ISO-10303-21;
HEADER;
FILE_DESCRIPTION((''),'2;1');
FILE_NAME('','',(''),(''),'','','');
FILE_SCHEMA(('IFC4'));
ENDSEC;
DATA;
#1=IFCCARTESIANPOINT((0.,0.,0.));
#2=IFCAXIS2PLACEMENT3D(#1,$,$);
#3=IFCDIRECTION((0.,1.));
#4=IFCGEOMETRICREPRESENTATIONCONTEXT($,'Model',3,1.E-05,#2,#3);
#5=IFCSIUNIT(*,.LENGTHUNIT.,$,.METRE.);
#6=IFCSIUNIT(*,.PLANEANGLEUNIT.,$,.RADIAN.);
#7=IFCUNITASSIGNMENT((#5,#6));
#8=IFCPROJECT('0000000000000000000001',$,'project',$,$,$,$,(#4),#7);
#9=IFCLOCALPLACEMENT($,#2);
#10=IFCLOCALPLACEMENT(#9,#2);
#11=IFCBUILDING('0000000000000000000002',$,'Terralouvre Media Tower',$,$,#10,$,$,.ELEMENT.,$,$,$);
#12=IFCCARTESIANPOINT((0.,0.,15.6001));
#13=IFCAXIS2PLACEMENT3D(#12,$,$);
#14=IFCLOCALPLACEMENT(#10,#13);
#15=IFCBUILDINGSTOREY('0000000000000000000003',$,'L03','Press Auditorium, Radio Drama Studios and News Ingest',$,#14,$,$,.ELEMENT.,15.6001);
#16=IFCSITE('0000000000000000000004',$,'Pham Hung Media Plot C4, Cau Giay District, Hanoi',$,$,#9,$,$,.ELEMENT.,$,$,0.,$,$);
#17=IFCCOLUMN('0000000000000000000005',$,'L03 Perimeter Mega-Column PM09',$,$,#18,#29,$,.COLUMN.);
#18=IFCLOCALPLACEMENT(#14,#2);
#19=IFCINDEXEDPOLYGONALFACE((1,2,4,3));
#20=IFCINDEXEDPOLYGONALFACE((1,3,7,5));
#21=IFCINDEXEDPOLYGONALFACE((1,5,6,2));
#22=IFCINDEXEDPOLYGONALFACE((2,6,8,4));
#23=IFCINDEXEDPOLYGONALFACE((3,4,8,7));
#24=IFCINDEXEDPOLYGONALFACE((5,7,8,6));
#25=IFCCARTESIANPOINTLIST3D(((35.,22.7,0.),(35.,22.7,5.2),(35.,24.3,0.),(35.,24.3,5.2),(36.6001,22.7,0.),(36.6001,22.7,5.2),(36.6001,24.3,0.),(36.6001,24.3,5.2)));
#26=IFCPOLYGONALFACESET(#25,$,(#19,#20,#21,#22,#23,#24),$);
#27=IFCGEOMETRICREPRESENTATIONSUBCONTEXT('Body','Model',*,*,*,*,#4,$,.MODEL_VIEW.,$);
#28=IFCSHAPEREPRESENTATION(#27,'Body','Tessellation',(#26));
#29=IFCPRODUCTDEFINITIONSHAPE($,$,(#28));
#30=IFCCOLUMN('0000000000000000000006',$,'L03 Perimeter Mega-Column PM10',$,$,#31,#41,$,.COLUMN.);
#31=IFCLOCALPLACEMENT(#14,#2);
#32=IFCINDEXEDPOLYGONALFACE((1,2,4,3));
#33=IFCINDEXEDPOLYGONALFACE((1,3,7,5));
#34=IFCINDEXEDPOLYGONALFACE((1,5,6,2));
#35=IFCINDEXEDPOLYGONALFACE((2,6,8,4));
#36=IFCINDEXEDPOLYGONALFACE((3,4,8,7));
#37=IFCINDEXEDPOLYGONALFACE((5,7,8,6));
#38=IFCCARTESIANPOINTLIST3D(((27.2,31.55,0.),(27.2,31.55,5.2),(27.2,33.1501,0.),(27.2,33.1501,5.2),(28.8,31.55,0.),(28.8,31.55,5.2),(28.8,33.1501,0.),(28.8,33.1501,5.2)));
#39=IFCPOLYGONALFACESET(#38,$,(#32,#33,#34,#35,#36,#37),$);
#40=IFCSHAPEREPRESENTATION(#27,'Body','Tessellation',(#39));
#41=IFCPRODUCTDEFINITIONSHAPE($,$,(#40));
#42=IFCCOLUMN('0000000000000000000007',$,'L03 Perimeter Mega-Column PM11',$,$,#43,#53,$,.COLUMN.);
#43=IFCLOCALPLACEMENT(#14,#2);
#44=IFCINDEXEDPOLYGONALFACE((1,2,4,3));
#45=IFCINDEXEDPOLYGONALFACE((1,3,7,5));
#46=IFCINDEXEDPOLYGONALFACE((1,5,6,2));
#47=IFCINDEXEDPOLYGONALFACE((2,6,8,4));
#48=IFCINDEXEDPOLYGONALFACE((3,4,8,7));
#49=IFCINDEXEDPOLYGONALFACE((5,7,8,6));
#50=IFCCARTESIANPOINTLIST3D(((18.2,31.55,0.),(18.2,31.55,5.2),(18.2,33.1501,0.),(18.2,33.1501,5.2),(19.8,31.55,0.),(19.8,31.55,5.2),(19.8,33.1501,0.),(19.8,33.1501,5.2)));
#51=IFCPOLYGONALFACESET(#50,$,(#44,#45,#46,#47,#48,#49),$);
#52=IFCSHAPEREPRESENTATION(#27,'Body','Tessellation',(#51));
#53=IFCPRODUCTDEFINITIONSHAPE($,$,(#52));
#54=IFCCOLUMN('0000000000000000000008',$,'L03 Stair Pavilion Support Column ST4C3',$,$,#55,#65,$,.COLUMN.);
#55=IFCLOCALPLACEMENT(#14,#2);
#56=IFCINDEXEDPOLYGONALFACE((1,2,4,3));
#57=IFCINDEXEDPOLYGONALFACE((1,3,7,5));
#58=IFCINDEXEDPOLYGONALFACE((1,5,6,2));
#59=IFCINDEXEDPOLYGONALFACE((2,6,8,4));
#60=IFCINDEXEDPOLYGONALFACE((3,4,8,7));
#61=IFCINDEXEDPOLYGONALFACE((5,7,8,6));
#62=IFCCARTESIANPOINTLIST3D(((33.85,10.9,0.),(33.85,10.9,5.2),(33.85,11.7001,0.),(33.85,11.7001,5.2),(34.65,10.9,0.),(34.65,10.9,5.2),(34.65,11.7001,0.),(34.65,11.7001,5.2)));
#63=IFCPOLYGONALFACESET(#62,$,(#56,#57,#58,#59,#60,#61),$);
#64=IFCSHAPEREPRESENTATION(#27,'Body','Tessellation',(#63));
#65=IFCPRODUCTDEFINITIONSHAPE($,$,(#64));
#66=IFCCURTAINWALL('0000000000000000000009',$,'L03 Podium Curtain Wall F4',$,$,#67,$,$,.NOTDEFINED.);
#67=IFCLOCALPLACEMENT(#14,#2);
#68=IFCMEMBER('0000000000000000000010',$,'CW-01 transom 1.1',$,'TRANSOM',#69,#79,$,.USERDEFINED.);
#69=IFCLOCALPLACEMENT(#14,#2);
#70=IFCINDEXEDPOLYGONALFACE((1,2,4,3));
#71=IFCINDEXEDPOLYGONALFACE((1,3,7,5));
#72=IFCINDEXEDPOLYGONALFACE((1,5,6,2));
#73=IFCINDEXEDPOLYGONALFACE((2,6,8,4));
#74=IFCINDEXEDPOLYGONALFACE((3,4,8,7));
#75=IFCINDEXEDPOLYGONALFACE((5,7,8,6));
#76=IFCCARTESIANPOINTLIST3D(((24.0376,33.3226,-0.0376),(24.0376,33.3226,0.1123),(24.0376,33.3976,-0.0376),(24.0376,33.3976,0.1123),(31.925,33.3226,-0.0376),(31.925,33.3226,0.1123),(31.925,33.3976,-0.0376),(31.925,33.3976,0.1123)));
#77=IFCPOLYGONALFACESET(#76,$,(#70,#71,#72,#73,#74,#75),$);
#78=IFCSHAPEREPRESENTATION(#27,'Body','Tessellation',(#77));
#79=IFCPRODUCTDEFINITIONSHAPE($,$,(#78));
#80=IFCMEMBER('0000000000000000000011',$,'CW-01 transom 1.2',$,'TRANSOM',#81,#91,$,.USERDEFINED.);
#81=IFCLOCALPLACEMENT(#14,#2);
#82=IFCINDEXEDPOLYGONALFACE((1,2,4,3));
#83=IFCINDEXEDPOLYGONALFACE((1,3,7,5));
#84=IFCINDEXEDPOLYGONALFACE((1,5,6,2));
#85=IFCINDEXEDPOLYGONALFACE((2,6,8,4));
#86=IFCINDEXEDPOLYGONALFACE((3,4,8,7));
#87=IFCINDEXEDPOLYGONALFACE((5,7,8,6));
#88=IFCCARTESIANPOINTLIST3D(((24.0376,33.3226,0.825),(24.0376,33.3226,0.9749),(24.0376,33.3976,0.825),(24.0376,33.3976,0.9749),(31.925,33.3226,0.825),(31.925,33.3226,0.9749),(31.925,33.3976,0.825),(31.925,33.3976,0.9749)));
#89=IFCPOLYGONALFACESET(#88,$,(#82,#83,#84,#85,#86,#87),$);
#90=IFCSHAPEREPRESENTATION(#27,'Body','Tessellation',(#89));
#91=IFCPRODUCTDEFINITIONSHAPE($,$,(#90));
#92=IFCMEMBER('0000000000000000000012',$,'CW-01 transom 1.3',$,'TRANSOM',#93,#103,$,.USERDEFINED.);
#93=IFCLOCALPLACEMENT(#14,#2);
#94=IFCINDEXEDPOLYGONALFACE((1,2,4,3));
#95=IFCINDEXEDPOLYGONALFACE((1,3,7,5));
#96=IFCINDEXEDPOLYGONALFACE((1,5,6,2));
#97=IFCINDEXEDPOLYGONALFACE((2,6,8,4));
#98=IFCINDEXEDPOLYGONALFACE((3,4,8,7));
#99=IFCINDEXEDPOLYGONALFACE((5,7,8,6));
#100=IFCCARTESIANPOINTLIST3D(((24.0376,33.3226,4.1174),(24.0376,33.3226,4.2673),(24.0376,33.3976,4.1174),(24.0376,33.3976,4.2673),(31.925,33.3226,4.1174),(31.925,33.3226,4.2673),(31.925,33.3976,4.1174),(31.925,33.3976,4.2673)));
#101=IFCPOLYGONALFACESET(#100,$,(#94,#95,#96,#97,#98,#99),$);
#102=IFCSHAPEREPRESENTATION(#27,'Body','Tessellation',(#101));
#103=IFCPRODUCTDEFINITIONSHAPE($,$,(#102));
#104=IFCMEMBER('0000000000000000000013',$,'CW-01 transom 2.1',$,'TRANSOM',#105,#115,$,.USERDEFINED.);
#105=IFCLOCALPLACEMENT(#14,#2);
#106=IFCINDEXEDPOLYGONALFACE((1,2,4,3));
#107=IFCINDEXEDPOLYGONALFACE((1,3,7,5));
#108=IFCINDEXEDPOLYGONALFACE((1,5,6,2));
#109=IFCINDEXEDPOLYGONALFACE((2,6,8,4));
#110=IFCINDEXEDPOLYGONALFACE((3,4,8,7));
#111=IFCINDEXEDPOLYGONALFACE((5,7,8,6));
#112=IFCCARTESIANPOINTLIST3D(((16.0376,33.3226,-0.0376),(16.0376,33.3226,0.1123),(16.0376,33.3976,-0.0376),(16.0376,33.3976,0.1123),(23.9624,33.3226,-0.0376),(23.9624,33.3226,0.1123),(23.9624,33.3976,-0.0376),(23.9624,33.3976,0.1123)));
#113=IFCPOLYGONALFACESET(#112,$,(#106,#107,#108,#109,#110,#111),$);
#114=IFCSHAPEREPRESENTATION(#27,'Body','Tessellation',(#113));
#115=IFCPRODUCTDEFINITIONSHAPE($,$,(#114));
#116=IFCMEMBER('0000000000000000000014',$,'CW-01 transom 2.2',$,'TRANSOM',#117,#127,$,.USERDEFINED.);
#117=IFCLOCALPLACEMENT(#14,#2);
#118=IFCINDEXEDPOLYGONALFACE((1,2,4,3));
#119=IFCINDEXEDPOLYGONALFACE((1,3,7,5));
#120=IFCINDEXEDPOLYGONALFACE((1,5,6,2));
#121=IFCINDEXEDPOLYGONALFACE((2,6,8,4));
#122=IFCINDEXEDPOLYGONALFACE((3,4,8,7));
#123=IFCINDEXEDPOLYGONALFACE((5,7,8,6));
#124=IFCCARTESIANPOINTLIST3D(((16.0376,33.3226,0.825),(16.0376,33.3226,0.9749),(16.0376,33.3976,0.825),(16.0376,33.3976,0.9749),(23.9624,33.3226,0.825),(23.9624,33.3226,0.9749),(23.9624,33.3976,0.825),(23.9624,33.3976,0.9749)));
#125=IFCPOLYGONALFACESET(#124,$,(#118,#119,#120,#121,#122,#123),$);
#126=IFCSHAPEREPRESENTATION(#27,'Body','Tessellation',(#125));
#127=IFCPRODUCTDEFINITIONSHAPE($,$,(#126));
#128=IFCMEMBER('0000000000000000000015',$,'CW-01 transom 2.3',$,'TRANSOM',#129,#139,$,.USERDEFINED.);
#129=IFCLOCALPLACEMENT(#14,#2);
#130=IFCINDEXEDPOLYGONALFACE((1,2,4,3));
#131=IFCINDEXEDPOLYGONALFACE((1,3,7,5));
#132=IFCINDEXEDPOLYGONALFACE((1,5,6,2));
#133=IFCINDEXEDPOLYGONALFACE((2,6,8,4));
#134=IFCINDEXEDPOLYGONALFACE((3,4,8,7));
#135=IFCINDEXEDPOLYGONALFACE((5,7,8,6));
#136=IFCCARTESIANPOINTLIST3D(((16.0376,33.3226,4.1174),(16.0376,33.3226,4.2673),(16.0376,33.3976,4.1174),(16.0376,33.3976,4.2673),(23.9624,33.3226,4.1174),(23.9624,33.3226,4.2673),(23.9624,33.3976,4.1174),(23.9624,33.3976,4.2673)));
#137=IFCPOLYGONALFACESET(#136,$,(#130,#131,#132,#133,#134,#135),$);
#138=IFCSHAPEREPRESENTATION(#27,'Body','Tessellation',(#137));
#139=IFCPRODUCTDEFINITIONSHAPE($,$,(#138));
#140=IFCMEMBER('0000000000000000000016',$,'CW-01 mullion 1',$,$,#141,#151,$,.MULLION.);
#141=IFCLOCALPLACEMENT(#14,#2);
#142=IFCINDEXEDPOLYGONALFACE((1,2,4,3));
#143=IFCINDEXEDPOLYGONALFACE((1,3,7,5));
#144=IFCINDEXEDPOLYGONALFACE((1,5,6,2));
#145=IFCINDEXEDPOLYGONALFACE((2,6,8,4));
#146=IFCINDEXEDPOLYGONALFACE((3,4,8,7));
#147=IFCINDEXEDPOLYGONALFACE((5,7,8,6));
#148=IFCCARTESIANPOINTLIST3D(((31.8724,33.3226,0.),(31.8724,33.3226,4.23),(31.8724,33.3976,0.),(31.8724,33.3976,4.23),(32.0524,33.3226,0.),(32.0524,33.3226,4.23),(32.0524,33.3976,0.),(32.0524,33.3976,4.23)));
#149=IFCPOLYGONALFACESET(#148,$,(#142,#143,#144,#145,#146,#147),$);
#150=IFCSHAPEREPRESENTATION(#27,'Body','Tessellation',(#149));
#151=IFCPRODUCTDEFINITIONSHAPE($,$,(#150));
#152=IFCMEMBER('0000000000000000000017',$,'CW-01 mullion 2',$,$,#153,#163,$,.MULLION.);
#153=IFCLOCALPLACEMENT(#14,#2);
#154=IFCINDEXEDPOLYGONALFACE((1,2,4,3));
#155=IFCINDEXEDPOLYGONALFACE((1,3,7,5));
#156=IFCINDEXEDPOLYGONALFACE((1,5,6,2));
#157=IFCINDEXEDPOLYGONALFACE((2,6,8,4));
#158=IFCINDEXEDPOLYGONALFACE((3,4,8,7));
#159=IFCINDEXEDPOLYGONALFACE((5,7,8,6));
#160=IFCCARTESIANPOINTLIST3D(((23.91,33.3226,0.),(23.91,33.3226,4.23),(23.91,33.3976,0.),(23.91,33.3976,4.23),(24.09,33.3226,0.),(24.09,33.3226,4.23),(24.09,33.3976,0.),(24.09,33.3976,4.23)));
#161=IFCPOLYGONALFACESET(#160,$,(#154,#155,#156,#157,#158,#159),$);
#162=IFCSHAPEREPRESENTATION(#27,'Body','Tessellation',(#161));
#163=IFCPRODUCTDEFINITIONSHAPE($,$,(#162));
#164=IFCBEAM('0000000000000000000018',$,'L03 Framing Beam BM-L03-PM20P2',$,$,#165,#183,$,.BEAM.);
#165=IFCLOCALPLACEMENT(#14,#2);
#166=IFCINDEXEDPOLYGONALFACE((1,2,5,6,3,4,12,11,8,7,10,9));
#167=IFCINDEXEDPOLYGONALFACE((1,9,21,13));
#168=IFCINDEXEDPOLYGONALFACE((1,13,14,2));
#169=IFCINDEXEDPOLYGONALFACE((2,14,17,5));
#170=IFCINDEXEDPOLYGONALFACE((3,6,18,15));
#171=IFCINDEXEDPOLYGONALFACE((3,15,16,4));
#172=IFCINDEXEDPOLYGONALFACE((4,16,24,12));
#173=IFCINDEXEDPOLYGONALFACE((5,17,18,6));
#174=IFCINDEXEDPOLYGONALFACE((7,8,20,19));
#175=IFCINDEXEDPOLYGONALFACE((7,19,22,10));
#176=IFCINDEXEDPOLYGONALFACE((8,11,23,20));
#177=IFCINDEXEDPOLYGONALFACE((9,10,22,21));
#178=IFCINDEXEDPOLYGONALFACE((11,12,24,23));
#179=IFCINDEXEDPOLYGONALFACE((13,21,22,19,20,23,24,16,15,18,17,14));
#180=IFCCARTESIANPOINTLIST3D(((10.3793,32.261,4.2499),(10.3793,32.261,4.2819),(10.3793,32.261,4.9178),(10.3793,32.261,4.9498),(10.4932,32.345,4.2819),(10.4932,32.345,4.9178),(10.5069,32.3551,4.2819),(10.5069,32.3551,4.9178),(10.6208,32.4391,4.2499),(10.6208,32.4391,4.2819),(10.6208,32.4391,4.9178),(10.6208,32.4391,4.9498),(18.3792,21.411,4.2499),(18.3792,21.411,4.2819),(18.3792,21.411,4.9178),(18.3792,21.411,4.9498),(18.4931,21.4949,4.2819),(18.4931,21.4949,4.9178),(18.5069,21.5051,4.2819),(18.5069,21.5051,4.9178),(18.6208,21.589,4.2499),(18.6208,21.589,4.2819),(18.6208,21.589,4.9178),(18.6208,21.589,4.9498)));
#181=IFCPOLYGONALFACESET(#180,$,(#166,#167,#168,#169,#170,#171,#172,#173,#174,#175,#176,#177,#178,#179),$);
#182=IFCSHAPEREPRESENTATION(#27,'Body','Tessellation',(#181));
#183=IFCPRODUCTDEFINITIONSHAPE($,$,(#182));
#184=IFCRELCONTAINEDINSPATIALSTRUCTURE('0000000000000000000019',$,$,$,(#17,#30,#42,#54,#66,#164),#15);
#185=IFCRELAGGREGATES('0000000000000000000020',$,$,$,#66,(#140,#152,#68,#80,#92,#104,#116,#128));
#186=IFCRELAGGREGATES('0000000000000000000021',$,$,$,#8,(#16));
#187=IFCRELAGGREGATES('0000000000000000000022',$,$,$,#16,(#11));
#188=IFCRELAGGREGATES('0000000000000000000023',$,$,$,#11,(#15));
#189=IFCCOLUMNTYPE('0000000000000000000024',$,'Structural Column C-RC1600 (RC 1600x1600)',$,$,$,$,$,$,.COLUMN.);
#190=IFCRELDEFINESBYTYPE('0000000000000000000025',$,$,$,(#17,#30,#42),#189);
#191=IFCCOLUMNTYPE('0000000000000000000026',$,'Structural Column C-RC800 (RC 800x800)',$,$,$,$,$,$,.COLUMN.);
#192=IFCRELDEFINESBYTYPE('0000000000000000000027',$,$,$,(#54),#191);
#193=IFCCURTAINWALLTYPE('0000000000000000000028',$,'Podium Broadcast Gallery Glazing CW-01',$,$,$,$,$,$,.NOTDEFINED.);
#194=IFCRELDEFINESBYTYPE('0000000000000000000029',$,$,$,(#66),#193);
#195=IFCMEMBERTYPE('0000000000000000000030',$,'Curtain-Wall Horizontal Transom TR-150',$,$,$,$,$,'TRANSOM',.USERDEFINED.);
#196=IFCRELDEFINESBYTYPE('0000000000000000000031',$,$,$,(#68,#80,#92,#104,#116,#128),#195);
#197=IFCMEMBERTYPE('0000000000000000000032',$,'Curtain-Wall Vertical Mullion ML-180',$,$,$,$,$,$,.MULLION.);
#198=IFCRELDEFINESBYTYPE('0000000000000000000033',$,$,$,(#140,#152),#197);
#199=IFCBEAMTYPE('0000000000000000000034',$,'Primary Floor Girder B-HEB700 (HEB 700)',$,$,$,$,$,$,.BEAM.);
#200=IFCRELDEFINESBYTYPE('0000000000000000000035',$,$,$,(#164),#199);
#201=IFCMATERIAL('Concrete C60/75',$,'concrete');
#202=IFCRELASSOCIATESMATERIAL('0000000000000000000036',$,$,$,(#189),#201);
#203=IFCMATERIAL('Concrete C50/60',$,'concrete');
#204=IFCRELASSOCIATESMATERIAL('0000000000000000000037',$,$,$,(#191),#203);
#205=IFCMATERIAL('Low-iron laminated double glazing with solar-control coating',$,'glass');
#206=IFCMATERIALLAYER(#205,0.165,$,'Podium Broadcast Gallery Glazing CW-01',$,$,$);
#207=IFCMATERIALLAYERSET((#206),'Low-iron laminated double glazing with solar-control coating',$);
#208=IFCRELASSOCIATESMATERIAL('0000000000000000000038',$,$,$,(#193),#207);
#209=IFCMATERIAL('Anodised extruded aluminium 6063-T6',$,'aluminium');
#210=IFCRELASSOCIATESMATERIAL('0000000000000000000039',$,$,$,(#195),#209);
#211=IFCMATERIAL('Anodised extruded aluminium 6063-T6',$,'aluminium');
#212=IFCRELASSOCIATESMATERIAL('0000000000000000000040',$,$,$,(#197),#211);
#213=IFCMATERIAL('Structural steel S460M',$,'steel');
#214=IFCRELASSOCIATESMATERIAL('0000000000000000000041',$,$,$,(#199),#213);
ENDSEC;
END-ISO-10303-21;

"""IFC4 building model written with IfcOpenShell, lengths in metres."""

from ifc_helpers import new_model, si_unit, direction, frame, origin, origin_2d, place, context, subcontext, project, spatial, rectangle, i_section, extrude, material, layer, layer_set, material_profile, profile_set, type_object, element, aggregate, save


model = new_model("IFC4")

# Units and contexts
model_context = context("Model", 3, precision=1e-05, world=origin(), true_north=direction((0.0, 1.0)))
body_context = subcontext(model_context, "Body", "Model", "MODEL_VIEW")
ifc_project = project(units=[si_unit("LENGTHUNIT", "METRE"), si_unit("PLANEANGLEUNIT", "RADIAN")], contexts=[model_context])

# Site, building, storey
site_placement = place(None, origin())
site = spatial("IfcSite", under=ifc_project, at=site_placement, Name="Pham Hung Media Plot C4, Cau Giay District, Hanoi", CompositionType="ELEMENT", RefElevation=0.0)
building_placement = place(site_placement, origin())
building = spatial("IfcBuilding", under=site, at=building_placement, Name="Terralouvre Media Tower", CompositionType="ELEMENT")
storey_placement = place(building_placement, frame((0.0, 0.0, 15.6001)))
storey = spatial("IfcBuildingStorey", under=building, at=storey_placement, Name="L03", Description="Press Auditorium, Radio Drama Studios and News Ingest", CompositionType="ELEMENT", Elevation=15.6001)

# Columns
ifc_material_1 = material(Name="Concrete C60/75", Category="concrete")
ifc_material_profile_1 = material_profile(ifc_material_1, rectangle(XDim=1.6001, YDim=1.6001, at=origin_2d()), Name="RC 1600x1600")
ifc_profile_set_1 = profile_set([ifc_material_profile_1], Name="Concrete C60/75")
column_type_1 = type_object("IfcColumnType", Name="Structural Column C-RC1600 (RC 1600x1600)", PredefinedType="COLUMN", material=ifc_profile_set_1)
for number, where, z_axis, x_axis, name in (
    (1, (35.8, 23.5, 0.0), (0.0, 0.0, 1.0), (1.0, 0.0, 0.0), "L03 Perimeter Mega-Column PM09"),
    (2, (28.0, 32.3501, 0.0), (0.0, 0.0, 1.0), (1.0, 0.0, 0.0), "L03 Perimeter Mega-Column PM10"),
    (3, (19.0, 32.3501, 0.0), (0.0, 0.0, 1.0), (1.0, 0.0, 0.0), "L03 Perimeter Mega-Column PM11"),
):
    element("IfcColumn", number, at=place(storey_placement, frame(where, z_axis=z_axis, x_axis=x_axis)), inside=storey, type_object=column_type_1, Name=name, PredefinedType="COLUMN", context=body_context, shape_type="SweptSolid", body=[
        extrude(rectangle(XDim=1.6001, YDim=1.6001, at=origin_2d()), origin(), (0.0, 0.0, 1.0), 5.2),
    ])
ifc_material_2 = material(Name="Concrete C50/60", Category="concrete")
ifc_material_profile_2 = material_profile(ifc_material_2, rectangle(XDim=0.8, YDim=0.8, at=origin_2d()), Name="RC 800x800")
ifc_profile_set_2 = profile_set([ifc_material_profile_2], Name="Concrete C50/60")
column_type_2 = type_object("IfcColumnType", Name="Structural Column C-RC800 (RC 800x800)", PredefinedType="COLUMN", material=ifc_profile_set_2)
column_placement = place(storey_placement, frame((34.25, 11.3, 0.0), z_axis=(0.0, 0.0, 1.0), x_axis=(1.0, 0.0, 0.0)))
element("IfcColumn", 4, at=column_placement, inside=storey, type_object=column_type_2, Name="L03 Stair Pavilion Support Column ST4C3", PredefinedType="COLUMN", context=body_context, shape_type="SweptSolid", body=[
    extrude(rectangle(XDim=0.8, YDim=0.8, at=origin_2d()), origin(), (0.0, 0.0, 1.0), 5.2),
])

# Curtain wall, members
ifc_material_3 = material(Name="Low-iron laminated double glazing with solar-control coating", Category="glass")
ifc_layer_1 = layer(ifc_material_3, 0.165, Name="Podium Broadcast Gallery Glazing CW-01")
ifc_layer_set_1 = layer_set([ifc_layer_1], Name="Low-iron laminated double glazing with solar-control coating")
curtain_wall_type = type_object("IfcCurtainWallType", Name="Podium Broadcast Gallery Glazing CW-01", PredefinedType="NOTDEFINED", material=ifc_layer_set_1)
curtain_wall_placement = place(storey_placement, origin())
curtain_wall = element("IfcCurtainWall", 5, at=curtain_wall_placement, inside=storey, type_object=curtain_wall_type, Name="L03 Podium Curtain Wall F4", PredefinedType="NOTDEFINED")
ifc_material_4 = material(Name="Anodised extruded aluminium 6063-T6", Category="aluminium")
ifc_material_profile_3 = material_profile(ifc_material_4, rectangle(XDim=0.075, YDim=0.1499, at=origin_2d()), Name="ALU 75x150")
ifc_profile_set_3 = profile_set([ifc_material_profile_3], Name="Anodised extruded aluminium 6063-T6")
member_type_1 = type_object("IfcMemberType", Name="Curtain-Wall Horizontal Transom TR-150", ElementType="TRANSOM", PredefinedType="USERDEFINED", material=ifc_profile_set_3)
member_1_placement = place(storey_placement, frame((31.925, 33.3601, 0.0374), z_axis=(-1.0, 0.0, 0.0), x_axis=(0.0, -1.0, 0.0)))
member_1 = element("IfcMember", 6, at=member_1_placement, type_object=member_type_1, Name="CW-01 transom 1.1", ObjectType="TRANSOM", PredefinedType="USERDEFINED", context=body_context, shape_type="SweptSolid", body=[
    extrude(rectangle(XDim=0.075, YDim=0.1499, at=origin_2d()), origin(), (0.0, 0.0, 1.0), 7.8875),
])
member_2_placement = place(storey_placement, frame((31.925, 33.3601, 0.8999), z_axis=(-1.0, 0.0, 0.0), x_axis=(0.0, -1.0, 0.0)))
member_2 = element("IfcMember", 7, at=member_2_placement, type_object=member_type_1, Name="CW-01 transom 1.2", ObjectType="TRANSOM", PredefinedType="USERDEFINED", context=body_context, shape_type="SweptSolid", body=[
    extrude(rectangle(XDim=0.075, YDim=0.1499, at=origin_2d()), origin(), (0.0, 0.0, 1.0), 7.8875),
])
member_3_placement = place(storey_placement, frame((31.925, 33.3601, 4.1924), z_axis=(-1.0, 0.0, 0.0), x_axis=(0.0, -1.0, 0.0)))
member_3 = element("IfcMember", 8, at=member_3_placement, type_object=member_type_1, Name="CW-01 transom 1.3", ObjectType="TRANSOM", PredefinedType="USERDEFINED", context=body_context, shape_type="SweptSolid", body=[
    extrude(rectangle(XDim=0.075, YDim=0.1499, at=origin_2d()), origin(), (0.0, 0.0, 1.0), 7.8875),
])
member_4_placement = place(storey_placement, frame((23.9624, 33.3601, 0.0374), z_axis=(-1.0, 0.0, 0.0), x_axis=(0.0, -1.0, 0.0)))
member_4 = element("IfcMember", 9, at=member_4_placement, type_object=member_type_1, Name="CW-01 transom 2.1", ObjectType="TRANSOM", PredefinedType="USERDEFINED", context=body_context, shape_type="SweptSolid", body=[
    extrude(rectangle(XDim=0.075, YDim=0.1499, at=origin_2d()), origin(), (0.0, 0.0, 1.0), 7.9248),
])
member_5_placement = place(storey_placement, frame((23.9624, 33.3601, 0.8999), z_axis=(-1.0, 0.0, 0.0), x_axis=(0.0, -1.0, 0.0)))
member_5 = element("IfcMember", 10, at=member_5_placement, type_object=member_type_1, Name="CW-01 transom 2.2", ObjectType="TRANSOM", PredefinedType="USERDEFINED", context=body_context, shape_type="SweptSolid", body=[
    extrude(rectangle(XDim=0.075, YDim=0.1499, at=origin_2d()), origin(), (0.0, 0.0, 1.0), 7.9248),
])
member_6_placement = place(storey_placement, frame((23.9624, 33.3601, 4.1924), z_axis=(-1.0, 0.0, 0.0), x_axis=(0.0, -1.0, 0.0)))
member_6 = element("IfcMember", 11, at=member_6_placement, type_object=member_type_1, Name="CW-01 transom 2.3", ObjectType="TRANSOM", PredefinedType="USERDEFINED", context=body_context, shape_type="SweptSolid", body=[
    extrude(rectangle(XDim=0.075, YDim=0.1499, at=origin_2d()), origin(), (0.0, 0.0, 1.0), 7.9248),
])
ifc_material_5 = material(Name="Anodised extruded aluminium 6063-T6", Category="aluminium")
ifc_material_profile_4 = material_profile(ifc_material_5, rectangle(XDim=0.075, YDim=0.1799, at=origin_2d()), Name="ALU 75x180")
ifc_profile_set_4 = profile_set([ifc_material_profile_4], Name="Anodised extruded aluminium 6063-T6")
member_type_2 = type_object("IfcMemberType", Name="Curtain-Wall Vertical Mullion ML-180", PredefinedType="MULLION", material=ifc_profile_set_4)
member_7_placement = place(storey_placement, frame((31.9624, 33.3601, 0.0), z_axis=(0.0, 0.0, 1.0), x_axis=(0.0, -1.0, 0.0)))
member_7 = element("IfcMember", 12, at=member_7_placement, type_object=member_type_2, Name="CW-01 mullion 1", PredefinedType="MULLION", context=body_context, shape_type="SweptSolid", body=[
    extrude(rectangle(XDim=0.075, YDim=0.1799, at=origin_2d()), origin(), (0.0, 0.0, 1.0), 4.23),
])
member_8_placement = place(storey_placement, frame((24.0, 33.3601, 0.0), z_axis=(0.0, 0.0, 1.0), x_axis=(0.0, -1.0, 0.0)))
member_8 = element("IfcMember", 13, at=member_8_placement, type_object=member_type_2, Name="CW-01 mullion 2", PredefinedType="MULLION", context=body_context, shape_type="SweptSolid", body=[
    extrude(rectangle(XDim=0.075, YDim=0.1799, at=origin_2d()), origin(), (0.0, 0.0, 1.0), 4.23),
])

# Beam
ifc_material_6 = material(Name="Structural steel S460M", Category="steel")
ifc_material_profile_5 = material_profile(ifc_material_6, i_section(OverallWidth=0.3, OverallDepth=0.7, WebThickness=0.0171, FlangeThickness=0.032, at=origin_2d()), Name="HEB 700")
ifc_profile_set_5 = profile_set([ifc_material_profile_5], Name="Structural steel S460M")
beam_type_1 = type_object("IfcBeamType", Name="Primary Floor Girder B-HEB700 (HEB 700)", PredefinedType="BEAM", material=ifc_profile_set_5)
beam_1_placement = place(storey_placement, frame((18.5, 21.5, 4.5999), z_axis=(-0.593449, 0.804872, 0.0), x_axis=(-0.804872, -0.593449, 0.0)))
element("IfcBeam", 14, at=beam_1_placement, inside=storey, type_object=beam_type_1, Name="L03 Framing Beam BM-L03-PM20P2", PredefinedType="BEAM", context=body_context, shape_type="SweptSolid", body=[
    extrude(i_section(OverallWidth=0.3, OverallDepth=0.7, WebThickness=0.0171, FlangeThickness=0.032, at=origin_2d()), origin(), (0.0, 0.0, 1.0), 13.4805),
])

aggregate(curtain_wall, [member_7, member_8, member_1, member_2, member_3, member_4, member_5, member_6])

save(model, "model.ifc")
